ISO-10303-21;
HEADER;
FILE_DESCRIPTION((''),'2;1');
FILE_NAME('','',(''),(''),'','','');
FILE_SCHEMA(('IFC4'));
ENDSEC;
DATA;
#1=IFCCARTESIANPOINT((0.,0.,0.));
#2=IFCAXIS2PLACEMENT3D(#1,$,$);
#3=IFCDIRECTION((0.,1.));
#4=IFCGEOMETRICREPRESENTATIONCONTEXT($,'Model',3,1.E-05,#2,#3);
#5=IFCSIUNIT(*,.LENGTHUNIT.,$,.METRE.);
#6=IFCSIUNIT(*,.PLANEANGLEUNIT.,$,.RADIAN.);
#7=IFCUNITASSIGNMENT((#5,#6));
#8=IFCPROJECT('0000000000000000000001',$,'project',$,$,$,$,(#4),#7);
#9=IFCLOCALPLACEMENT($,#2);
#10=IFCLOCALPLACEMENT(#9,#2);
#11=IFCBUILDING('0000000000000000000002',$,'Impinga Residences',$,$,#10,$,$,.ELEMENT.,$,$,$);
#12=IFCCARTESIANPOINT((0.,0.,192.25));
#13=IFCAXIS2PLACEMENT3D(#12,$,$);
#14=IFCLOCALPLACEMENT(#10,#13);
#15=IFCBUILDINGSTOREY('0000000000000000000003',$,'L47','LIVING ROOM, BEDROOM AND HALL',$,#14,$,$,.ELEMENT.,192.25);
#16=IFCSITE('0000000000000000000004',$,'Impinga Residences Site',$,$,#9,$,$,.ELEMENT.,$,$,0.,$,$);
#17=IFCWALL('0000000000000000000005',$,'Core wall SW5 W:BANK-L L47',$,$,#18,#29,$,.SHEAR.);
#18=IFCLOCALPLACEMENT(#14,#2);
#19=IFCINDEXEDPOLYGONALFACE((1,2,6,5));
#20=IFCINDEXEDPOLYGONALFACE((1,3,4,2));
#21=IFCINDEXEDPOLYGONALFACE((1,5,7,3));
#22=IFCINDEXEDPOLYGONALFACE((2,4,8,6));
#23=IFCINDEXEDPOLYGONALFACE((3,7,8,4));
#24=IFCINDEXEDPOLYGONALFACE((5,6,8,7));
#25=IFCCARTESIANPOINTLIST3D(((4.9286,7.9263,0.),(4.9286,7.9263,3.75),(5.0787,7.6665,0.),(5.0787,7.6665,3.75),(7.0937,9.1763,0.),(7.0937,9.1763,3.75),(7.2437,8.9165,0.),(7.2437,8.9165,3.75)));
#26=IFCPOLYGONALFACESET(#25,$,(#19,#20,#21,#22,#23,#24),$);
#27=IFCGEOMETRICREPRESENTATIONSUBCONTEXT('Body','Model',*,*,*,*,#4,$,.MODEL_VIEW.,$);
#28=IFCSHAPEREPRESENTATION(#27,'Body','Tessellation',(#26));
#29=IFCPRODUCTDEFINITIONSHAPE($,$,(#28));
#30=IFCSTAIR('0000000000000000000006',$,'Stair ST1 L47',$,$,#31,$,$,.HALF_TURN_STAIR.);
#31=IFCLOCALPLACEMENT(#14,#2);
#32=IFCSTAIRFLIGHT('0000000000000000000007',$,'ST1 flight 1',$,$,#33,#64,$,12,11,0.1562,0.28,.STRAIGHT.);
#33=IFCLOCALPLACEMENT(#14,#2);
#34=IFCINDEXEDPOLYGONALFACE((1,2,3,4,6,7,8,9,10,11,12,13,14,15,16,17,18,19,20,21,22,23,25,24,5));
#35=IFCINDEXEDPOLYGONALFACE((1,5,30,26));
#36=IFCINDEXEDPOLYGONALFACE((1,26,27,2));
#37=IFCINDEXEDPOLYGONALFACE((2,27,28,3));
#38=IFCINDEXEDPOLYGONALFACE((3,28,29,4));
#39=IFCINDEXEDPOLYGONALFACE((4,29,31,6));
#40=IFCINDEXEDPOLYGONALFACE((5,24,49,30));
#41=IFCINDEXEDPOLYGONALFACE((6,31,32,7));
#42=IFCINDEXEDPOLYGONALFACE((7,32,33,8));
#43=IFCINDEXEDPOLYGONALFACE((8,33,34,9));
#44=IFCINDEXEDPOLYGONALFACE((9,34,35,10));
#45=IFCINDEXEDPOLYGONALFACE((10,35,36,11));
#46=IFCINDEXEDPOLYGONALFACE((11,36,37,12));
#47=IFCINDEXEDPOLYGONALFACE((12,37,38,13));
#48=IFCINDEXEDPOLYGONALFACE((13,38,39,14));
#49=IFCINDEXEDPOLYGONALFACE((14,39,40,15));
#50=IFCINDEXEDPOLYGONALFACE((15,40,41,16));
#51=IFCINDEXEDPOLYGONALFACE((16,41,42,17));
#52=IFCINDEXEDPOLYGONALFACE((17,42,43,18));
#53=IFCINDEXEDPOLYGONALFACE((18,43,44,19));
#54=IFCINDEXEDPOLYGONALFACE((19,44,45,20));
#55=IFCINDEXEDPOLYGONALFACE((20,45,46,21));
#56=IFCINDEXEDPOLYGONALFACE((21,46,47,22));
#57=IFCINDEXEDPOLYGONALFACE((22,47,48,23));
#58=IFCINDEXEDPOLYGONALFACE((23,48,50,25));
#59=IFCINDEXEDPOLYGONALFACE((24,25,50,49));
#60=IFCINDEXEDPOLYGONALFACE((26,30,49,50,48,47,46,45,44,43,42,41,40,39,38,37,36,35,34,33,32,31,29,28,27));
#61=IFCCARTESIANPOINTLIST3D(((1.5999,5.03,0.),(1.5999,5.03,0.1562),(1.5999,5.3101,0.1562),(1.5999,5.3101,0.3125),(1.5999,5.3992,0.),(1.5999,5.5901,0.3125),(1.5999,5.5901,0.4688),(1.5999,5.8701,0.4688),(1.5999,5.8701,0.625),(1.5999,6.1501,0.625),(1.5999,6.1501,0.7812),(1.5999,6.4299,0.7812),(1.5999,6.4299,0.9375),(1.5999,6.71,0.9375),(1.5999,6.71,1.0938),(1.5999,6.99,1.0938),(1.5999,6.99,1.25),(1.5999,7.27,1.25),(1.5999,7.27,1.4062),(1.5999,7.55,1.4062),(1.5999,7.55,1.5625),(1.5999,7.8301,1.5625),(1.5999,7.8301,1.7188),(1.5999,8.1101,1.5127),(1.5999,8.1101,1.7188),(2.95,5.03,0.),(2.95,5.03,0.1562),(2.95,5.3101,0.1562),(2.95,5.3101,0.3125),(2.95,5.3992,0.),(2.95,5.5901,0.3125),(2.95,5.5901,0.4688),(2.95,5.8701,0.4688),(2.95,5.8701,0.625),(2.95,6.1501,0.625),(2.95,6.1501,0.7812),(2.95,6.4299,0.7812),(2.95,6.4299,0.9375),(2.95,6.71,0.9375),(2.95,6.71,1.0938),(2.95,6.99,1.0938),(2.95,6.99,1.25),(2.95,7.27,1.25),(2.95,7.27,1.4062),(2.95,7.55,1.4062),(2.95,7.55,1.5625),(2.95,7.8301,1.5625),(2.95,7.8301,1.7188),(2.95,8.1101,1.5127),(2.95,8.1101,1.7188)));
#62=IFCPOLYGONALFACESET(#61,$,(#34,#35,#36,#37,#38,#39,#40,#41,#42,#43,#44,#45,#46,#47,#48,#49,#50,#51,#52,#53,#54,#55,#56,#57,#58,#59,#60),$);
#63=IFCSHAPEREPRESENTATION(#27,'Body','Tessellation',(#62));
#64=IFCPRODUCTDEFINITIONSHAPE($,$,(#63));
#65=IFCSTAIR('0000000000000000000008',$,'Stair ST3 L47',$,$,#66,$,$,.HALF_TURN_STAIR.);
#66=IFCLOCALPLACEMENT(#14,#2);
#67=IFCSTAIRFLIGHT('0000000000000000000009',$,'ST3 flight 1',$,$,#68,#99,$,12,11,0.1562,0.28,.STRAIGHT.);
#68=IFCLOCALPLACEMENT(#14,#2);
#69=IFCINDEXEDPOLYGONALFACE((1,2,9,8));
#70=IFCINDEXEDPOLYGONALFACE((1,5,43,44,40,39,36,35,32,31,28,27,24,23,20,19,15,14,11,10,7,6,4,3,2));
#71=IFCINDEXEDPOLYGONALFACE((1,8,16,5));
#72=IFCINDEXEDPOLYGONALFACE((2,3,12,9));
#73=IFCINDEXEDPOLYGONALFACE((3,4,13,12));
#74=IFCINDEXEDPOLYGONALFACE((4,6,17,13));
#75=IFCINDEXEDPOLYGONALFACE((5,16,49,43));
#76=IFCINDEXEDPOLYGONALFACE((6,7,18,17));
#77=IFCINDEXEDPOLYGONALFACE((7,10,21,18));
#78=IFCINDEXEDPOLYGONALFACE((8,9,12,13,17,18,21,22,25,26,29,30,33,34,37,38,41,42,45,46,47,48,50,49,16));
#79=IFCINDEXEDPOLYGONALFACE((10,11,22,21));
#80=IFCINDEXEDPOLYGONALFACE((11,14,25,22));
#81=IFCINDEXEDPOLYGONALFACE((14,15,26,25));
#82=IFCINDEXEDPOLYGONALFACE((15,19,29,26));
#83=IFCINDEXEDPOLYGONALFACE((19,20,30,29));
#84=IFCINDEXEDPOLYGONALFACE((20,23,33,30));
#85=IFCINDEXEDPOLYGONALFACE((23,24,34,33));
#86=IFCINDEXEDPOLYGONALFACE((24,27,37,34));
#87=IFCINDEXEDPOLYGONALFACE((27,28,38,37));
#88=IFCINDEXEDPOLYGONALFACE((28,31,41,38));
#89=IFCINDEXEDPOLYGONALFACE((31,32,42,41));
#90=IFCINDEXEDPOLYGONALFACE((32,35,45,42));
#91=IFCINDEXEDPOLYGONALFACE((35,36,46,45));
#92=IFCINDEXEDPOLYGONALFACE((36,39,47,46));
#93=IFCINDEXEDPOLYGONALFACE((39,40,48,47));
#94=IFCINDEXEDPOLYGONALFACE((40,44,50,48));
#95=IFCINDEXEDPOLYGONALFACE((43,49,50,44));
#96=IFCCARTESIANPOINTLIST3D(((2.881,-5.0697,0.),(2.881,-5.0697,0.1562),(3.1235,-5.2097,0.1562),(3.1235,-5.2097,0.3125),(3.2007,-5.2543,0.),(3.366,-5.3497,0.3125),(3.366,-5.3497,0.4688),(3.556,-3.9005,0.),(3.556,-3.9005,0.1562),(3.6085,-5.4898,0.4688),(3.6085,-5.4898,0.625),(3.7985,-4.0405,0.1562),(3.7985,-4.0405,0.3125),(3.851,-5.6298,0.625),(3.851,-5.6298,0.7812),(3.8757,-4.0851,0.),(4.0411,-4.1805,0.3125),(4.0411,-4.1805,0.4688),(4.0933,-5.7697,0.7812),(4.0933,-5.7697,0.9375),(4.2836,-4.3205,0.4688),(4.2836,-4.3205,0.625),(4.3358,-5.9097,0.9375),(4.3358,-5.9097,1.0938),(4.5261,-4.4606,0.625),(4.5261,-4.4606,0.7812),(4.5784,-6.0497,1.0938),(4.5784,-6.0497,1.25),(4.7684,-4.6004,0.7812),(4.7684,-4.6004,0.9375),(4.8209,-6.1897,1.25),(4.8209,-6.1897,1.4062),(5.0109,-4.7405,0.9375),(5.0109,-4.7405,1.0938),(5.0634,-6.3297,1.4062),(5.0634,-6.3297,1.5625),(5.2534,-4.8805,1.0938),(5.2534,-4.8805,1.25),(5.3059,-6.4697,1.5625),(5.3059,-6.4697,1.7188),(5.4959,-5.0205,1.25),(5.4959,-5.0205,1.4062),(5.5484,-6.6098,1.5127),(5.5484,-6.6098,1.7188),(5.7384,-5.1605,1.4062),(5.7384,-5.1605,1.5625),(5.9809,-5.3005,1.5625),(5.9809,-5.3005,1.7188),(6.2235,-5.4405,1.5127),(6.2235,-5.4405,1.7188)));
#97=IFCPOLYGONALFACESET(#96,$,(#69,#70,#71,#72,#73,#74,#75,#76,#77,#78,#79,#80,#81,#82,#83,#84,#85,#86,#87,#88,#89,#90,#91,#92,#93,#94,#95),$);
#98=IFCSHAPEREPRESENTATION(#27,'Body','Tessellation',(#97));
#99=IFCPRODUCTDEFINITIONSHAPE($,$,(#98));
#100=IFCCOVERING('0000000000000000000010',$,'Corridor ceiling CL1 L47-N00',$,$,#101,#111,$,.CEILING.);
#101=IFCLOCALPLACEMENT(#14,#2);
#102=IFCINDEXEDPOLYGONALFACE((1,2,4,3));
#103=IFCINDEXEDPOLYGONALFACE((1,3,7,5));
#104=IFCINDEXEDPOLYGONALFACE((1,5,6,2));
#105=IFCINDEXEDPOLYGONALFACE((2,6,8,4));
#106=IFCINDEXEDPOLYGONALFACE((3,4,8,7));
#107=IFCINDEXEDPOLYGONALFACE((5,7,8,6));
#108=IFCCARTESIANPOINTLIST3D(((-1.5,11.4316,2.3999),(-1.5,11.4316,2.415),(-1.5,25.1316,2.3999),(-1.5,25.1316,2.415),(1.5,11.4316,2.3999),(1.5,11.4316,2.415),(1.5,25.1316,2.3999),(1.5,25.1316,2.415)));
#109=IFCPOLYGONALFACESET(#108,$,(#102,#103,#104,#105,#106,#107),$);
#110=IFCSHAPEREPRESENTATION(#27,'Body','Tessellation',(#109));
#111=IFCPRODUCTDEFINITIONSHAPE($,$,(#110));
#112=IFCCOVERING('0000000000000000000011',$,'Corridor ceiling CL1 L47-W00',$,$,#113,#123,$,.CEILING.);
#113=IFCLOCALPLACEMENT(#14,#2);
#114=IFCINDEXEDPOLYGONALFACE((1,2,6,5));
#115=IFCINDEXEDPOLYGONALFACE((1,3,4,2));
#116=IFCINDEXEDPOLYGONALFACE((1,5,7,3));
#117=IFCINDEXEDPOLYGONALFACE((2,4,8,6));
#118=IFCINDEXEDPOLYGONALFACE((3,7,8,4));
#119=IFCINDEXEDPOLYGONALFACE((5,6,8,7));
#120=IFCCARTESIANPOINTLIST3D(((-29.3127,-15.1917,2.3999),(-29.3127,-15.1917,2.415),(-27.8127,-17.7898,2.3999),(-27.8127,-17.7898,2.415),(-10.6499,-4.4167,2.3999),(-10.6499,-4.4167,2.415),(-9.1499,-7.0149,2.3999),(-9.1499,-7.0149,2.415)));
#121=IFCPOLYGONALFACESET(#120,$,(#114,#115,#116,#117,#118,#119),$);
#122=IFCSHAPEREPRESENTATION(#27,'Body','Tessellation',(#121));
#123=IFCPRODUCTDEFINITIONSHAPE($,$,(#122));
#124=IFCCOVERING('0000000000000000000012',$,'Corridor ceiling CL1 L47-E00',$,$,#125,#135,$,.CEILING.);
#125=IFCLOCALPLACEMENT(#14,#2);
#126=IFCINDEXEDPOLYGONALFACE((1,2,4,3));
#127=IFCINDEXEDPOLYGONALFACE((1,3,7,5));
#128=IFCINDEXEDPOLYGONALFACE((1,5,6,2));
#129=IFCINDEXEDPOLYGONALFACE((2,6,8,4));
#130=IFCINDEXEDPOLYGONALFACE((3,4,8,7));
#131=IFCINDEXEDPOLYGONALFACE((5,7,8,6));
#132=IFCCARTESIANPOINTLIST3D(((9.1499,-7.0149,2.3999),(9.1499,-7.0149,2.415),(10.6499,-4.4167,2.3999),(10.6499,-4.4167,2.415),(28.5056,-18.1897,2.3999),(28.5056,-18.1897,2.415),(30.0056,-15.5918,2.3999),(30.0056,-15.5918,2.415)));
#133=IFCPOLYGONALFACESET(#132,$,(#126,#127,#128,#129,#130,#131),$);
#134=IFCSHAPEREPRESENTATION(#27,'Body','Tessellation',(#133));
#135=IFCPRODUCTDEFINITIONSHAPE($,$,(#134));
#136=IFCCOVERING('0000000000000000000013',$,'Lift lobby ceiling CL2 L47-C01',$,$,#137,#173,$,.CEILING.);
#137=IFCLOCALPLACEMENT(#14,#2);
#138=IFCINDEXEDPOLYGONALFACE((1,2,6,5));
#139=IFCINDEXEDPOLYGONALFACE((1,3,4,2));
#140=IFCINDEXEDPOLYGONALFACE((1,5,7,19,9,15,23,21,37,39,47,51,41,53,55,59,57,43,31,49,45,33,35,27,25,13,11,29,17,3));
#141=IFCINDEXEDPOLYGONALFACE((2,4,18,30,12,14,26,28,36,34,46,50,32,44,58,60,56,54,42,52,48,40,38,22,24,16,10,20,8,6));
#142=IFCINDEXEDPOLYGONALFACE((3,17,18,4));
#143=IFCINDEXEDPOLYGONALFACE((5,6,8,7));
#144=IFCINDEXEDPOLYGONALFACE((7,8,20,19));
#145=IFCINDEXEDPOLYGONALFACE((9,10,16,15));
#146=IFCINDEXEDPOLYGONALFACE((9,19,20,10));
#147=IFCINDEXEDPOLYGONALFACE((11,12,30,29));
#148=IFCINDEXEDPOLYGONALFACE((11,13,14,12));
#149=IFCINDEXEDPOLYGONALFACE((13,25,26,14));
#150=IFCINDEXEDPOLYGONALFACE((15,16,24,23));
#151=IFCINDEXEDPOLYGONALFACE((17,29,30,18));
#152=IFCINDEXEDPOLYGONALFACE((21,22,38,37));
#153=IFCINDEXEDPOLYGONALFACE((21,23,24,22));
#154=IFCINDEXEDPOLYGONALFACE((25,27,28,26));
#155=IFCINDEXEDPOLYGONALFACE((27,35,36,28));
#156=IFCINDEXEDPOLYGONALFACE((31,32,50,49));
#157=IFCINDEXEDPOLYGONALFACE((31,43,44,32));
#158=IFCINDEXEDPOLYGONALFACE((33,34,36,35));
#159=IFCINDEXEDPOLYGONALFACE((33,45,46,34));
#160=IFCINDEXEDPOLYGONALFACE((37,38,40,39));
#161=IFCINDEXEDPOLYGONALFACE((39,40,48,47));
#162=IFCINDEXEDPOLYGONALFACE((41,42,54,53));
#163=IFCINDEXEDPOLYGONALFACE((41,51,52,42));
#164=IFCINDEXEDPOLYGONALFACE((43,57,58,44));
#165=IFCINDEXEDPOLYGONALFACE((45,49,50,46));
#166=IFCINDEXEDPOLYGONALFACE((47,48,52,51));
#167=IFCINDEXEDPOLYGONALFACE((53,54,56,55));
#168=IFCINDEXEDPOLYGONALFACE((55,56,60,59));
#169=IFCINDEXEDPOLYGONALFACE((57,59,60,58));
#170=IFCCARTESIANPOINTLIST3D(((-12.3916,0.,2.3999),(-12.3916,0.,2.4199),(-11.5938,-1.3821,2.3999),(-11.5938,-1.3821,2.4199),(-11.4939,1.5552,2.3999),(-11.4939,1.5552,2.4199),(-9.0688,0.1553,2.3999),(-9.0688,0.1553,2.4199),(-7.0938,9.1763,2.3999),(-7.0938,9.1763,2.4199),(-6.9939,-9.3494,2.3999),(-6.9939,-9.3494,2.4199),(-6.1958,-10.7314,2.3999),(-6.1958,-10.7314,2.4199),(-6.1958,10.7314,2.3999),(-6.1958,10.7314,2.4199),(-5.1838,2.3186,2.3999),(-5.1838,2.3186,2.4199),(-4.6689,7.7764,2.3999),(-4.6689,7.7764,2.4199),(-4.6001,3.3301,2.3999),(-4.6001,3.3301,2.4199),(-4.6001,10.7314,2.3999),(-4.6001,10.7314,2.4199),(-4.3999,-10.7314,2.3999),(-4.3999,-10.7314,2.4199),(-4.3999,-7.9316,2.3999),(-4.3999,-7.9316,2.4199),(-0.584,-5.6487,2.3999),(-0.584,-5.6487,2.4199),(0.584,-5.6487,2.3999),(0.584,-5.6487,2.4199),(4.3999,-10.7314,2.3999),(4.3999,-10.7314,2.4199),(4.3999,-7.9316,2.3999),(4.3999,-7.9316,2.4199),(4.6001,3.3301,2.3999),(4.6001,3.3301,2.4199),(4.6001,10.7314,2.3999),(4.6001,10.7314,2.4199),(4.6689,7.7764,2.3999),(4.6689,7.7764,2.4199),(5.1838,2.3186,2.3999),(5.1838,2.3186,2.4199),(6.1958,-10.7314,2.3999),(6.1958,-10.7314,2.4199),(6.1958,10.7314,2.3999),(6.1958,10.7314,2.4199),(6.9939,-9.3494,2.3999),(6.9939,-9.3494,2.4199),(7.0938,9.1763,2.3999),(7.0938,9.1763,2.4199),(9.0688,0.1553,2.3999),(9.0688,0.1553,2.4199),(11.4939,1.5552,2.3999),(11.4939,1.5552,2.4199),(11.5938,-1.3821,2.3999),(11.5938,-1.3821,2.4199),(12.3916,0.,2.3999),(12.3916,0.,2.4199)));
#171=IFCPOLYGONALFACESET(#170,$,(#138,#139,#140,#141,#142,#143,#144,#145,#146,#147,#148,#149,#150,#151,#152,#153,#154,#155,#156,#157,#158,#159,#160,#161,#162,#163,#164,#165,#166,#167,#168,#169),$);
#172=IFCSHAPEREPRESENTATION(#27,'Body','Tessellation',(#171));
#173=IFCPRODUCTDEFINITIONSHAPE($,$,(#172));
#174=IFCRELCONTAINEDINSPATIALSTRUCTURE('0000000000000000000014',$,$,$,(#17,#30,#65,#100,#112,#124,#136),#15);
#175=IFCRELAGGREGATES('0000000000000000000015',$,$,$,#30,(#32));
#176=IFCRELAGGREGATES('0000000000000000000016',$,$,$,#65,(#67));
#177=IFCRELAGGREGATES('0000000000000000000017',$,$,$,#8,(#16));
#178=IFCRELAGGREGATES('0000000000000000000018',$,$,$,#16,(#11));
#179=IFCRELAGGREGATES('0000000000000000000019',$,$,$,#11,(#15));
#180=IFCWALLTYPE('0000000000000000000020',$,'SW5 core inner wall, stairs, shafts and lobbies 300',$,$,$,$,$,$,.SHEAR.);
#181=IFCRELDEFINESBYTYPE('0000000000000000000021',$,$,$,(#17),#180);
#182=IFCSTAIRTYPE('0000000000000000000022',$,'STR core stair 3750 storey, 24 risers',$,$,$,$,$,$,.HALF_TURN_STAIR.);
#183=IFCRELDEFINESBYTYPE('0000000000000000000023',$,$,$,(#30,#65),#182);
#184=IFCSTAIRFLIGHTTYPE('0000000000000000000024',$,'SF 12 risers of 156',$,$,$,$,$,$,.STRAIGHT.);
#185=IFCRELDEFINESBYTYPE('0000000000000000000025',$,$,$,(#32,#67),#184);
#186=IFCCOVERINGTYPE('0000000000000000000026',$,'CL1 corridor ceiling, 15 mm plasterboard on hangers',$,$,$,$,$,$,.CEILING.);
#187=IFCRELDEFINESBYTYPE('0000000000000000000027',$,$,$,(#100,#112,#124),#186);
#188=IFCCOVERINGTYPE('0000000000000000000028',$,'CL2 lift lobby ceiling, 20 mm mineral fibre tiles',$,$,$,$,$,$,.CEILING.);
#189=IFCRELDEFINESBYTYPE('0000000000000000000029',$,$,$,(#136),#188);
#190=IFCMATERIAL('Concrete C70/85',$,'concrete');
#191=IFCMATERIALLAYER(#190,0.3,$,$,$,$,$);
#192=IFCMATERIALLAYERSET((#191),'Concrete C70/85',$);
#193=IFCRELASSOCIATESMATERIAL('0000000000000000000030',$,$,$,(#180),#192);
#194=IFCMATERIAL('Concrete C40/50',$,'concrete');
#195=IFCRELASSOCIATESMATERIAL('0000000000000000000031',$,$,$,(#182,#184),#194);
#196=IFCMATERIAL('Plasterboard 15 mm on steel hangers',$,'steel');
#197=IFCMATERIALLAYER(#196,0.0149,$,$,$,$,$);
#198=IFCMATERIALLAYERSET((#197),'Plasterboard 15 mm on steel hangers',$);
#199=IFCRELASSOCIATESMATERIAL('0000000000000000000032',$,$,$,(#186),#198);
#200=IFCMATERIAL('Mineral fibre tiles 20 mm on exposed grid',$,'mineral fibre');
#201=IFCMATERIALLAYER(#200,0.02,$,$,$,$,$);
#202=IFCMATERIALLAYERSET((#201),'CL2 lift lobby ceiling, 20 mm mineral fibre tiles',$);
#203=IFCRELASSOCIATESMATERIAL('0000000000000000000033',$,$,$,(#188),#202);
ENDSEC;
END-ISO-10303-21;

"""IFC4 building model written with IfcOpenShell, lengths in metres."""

from ifc_helpers import new_model, si_unit, direction, frame, frame_2d, origin, place, context, subcontext, project, spatial, polyline, rectangle, outline, extrude, material, layer, layer_set, type_object, element, aggregate, save


model = new_model("IFC4")

# Units and contexts
model_context = context("Model", 3, precision=1e-05, world=origin(), true_north=direction((0.0, 1.0)))
body_context = subcontext(model_context, "Body", "Model", "MODEL_VIEW")
ifc_project = project(units=[si_unit("LENGTHUNIT", "METRE"), si_unit("PLANEANGLEUNIT", "RADIAN")], contexts=[model_context])

# Site, building, storey
site_placement = place(None, origin())
site = spatial("IfcSite", under=ifc_project, at=site_placement, Name="Impinga Residences Site", CompositionType="ELEMENT", RefElevation=0.0)
building_placement = place(site_placement, origin())
building = spatial("IfcBuilding", under=site, at=building_placement, Name="Impinga Residences", CompositionType="ELEMENT")
storey_placement = place(building_placement, frame((0.0, 0.0, 192.25)))
storey = spatial("IfcBuildingStorey", under=building, at=storey_placement, Name="L47", Description="LIVING ROOM, BEDROOM AND HALL", CompositionType="ELEMENT", Elevation=192.25)

# Shared definitions
ifc_material_1 = material(Name="Concrete C40/50", Category="concrete")

# Shared definitions
ifc_material_2 = material(Name="Concrete C70/85", Category="concrete")
ifc_layer_1 = layer(ifc_material_2, 0.3)
ifc_layer_set_1 = layer_set([ifc_layer_1], Name="Concrete C70/85")
wall_type = type_object("IfcWallType", Name="SW5 core inner wall, stairs, shafts and lobbies 300", PredefinedType="SHEAR", material=ifc_layer_set_1)

# Wall
wall_1_placement = place(storey_placement, frame((5.0037, 7.7964, 0.0), z_axis=(0.0, 0.0, 1.0), x_axis=(0.866023, 0.500004, 0.0)))
element("IfcWall", 1, at=wall_1_placement, inside=storey, type_object=wall_type, Name="Core wall SW5 W:BANK-L L47", PredefinedType="SHEAR", context=body_context, shape_type="SweptSolid", body=[
    extrude(rectangle(XDim=2.5, YDim=0.3, at=frame_2d((1.25, 0.0))), origin(), (0.0, 0.0, 1.0), 3.75),
])

# Stairs, stair flights
stair_type_1 = type_object("IfcStairType", Name="STR core stair 3750 storey, 24 risers", PredefinedType="HALF_TURN_STAIR", material=ifc_material_1)
stair_1_placement = place(storey_placement, origin())
stair_1 = element("IfcStair", 2, at=stair_1_placement, inside=storey, type_object=stair_type_1, Name="Stair ST1 L47", PredefinedType="HALF_TURN_STAIR")
stair_flight_type = type_object("IfcStairFlightType", Name="SF 12 risers of 156", PredefinedType="STRAIGHT", material=ifc_material_1)
stair_flight_1_placement = place(storey_placement, frame((2.2749, 5.03, 0.0), z_axis=(0.0, 0.0, 1.0), x_axis=(0.0, 1.0, 0.0)))
stair_flight_1 = element("IfcStairFlight", 3, at=stair_flight_1_placement, type_object=stair_flight_type, Name="ST1 flight 1", NumberOfRisers=12, NumberOfTreads=11, PredefinedType="STRAIGHT", RiserHeight=0.1562, TreadLength=0.28, context=body_context, shape_type="SweptSolid", body=[
    extrude(outline(polyline([(0.0, 0.0), (0.0, 0.1562), (0.28, 0.1562), (0.28, 0.3125), (0.5601, 0.3125), (0.5601, 0.4688), (0.8401, 0.4688), (0.8401, 0.625), (1.1201, 0.625), (1.1201, 0.7812), (1.3999, 0.7812), (1.3999, 0.9375), (1.6799, 0.9375), (1.6799, 1.0938), (1.96, 1.0938), (1.96, 1.25), (2.24, 1.25), (2.24, 1.4062), (2.52, 1.4062), (2.52, 1.5625), (2.8, 1.5625), (2.8, 1.7188), (3.0801, 1.7188), (3.0801, 1.875), (3.0801, 1.5127), (0.3691, 0.0), (0.0, 0.0)])), frame((0.0, 0.675, 0.0), z_axis=(0.0, -1.0, 0.0), x_axis=(1.0, 0.0, 0.0)), (0.0, 0.0, 1.0), 1.3501),
])
aggregate(stair_1, [stair_flight_1])
stair_2_placement = place(storey_placement, origin())
stair_2 = element("IfcStair", 4, at=stair_2_placement, inside=storey, type_object=stair_type_1, Name="Stair ST3 L47", PredefinedType="HALF_TURN_STAIR")
stair_flight_2_placement = place(storey_placement, frame((3.2185, -4.4851, 0.0), z_axis=(0.0, 0.0, 1.0), x_axis=(0.866025, -0.5, 0.0)))
stair_flight_2 = element("IfcStairFlight", 5, at=stair_flight_2_placement, type_object=stair_flight_type, Name="ST3 flight 1", NumberOfRisers=12, NumberOfTreads=11, PredefinedType="STRAIGHT", RiserHeight=0.1562, TreadLength=0.28, context=body_context, shape_type="SweptSolid", body=[
    extrude(outline(polyline([(0.0, 0.0), (0.0, 0.1562), (0.28, 0.1562), (0.28, 0.3125), (0.5601, 0.3125), (0.5601, 0.4688), (0.8401, 0.4688), (0.8401, 0.625), (1.1201, 0.625), (1.1201, 0.7812), (1.3999, 0.7812), (1.3999, 0.9375), (1.6799, 0.9375), (1.6799, 1.0938), (1.96, 1.0938), (1.96, 1.25), (2.24, 1.25), (2.24, 1.4062), (2.52, 1.4062), (2.52, 1.5625), (2.8, 1.5625), (2.8, 1.7188), (3.0801, 1.7188), (3.0801, 1.875), (3.0801, 1.5127), (0.3691, 0.0), (0.0, 0.0)])), frame((0.0, 0.675, 0.0), z_axis=(0.0, -1.0, 0.0), x_axis=(1.0, 0.0, 0.0)), (0.0, 0.0, 1.0), 1.3501),
])
aggregate(stair_2, [stair_flight_2])

# Coverings
ifc_material_3 = material(Name="Plasterboard 15 mm on steel hangers", Category="steel")
ifc_layer_2 = layer(ifc_material_3, 0.0149)
ifc_layer_set_2 = layer_set([ifc_layer_2], Name="Plasterboard 15 mm on steel hangers")
covering_type_1 = type_object("IfcCoveringType", Name="CL1 corridor ceiling, 15 mm plasterboard on hangers", PredefinedType="CEILING", material=ifc_layer_set_2)
covering_1_placement = place(storey_placement, frame((0.0, 0.0, 2.3999)))
element("IfcCovering", 6, at=covering_1_placement, inside=storey, type_object=covering_type_1, Name="Corridor ceiling CL1 L47-N00", PredefinedType="CEILING", context=body_context, shape_type="SweptSolid", body=[
    extrude(outline(polyline([(-1.5, 11.4316), (1.5, 11.4316), (1.5, 25.1316), (-1.5, 25.1316), (-1.5, 11.4316)])), origin(), (0.0, 0.0, 1.0), 0.0151),
])
covering_2_placement = place(storey_placement, frame((0.0, 0.0, 2.3999)))
element("IfcCovering", 7, at=covering_2_placement, inside=storey, type_object=covering_type_1, Name="Corridor ceiling CL1 L47-W00", PredefinedType="CEILING", context=body_context, shape_type="SweptSolid", body=[
    extrude(outline(polyline([(-9.1499, -7.0149), (-10.6499, -4.4167), (-29.3127, -15.1917), (-27.8127, -17.7898), (-9.1499, -7.0149)])), origin(), (0.0, 0.0, 1.0), 0.0151),
])
covering_3_placement = place(storey_placement, frame((0.0, 0.0, 2.3999)))
element("IfcCovering", 8, at=covering_3_placement, inside=storey, type_object=covering_type_1, Name="Corridor ceiling CL1 L47-E00", PredefinedType="CEILING", context=body_context, shape_type="SweptSolid", body=[
    extrude(outline(polyline([(10.6499, -4.4167), (9.1499, -7.0149), (28.5056, -18.1897), (30.0056, -15.5918), (10.6499, -4.4167)])), origin(), (0.0, 0.0, 1.0), 0.0151),
])
ifc_material_4 = material(Name="Mineral fibre tiles 20 mm on exposed grid", Category="mineral fibre")
ifc_layer_3 = layer(ifc_material_4, 0.02)
ifc_layer_set_3 = layer_set([ifc_layer_3], Name="CL2 lift lobby ceiling, 20 mm mineral fibre tiles")
covering_type_2 = type_object("IfcCoveringType", Name="CL2 lift lobby ceiling, 20 mm mineral fibre tiles", PredefinedType="CEILING", material=ifc_layer_set_3)
covering_4_placement = place(storey_placement, frame((0.0, 0.0, 2.3999)))
element("IfcCovering", 9, at=covering_4_placement, inside=storey, type_object=covering_type_2, Name="Lift lobby ceiling CL2 L47-C01", PredefinedType="CEILING", context=body_context, shape_type="SweptSolid", body=[
    extrude(outline(polyline([(12.3916, 0.0), (11.5938, -1.3821), (5.1838, 2.3186), (0.584, -5.6487), (6.9939, -9.3494), (6.1958, -10.7314), (4.3999, -10.7314), (4.3999, -7.9316), (-4.3999, -7.9316), (-4.3999, -10.7314), (-6.1958, -10.7314), (-6.9939, -9.3494), (-0.584, -5.6487), (-5.1838, 2.3186), (-11.5938, -1.3821), (-12.3916, 0.0), (-11.4939, 1.5552), (-9.0688, 0.1553), (-4.6689, 7.7764), (-7.0938, 9.1763), (-6.1958, 10.7314), (-4.6001, 10.7314), (-4.6001, 3.3301), (4.6001, 3.3301), (4.6001, 10.7314), (6.1958, 10.7314), (7.0938, 9.1763), (4.6689, 7.7764), (9.0688, 0.1553), (11.4939, 1.5552), (12.3916, 0.0)])), origin(), (0.0, 0.0, 1.0), 0.02),
])

save(model, "model.ifc")
